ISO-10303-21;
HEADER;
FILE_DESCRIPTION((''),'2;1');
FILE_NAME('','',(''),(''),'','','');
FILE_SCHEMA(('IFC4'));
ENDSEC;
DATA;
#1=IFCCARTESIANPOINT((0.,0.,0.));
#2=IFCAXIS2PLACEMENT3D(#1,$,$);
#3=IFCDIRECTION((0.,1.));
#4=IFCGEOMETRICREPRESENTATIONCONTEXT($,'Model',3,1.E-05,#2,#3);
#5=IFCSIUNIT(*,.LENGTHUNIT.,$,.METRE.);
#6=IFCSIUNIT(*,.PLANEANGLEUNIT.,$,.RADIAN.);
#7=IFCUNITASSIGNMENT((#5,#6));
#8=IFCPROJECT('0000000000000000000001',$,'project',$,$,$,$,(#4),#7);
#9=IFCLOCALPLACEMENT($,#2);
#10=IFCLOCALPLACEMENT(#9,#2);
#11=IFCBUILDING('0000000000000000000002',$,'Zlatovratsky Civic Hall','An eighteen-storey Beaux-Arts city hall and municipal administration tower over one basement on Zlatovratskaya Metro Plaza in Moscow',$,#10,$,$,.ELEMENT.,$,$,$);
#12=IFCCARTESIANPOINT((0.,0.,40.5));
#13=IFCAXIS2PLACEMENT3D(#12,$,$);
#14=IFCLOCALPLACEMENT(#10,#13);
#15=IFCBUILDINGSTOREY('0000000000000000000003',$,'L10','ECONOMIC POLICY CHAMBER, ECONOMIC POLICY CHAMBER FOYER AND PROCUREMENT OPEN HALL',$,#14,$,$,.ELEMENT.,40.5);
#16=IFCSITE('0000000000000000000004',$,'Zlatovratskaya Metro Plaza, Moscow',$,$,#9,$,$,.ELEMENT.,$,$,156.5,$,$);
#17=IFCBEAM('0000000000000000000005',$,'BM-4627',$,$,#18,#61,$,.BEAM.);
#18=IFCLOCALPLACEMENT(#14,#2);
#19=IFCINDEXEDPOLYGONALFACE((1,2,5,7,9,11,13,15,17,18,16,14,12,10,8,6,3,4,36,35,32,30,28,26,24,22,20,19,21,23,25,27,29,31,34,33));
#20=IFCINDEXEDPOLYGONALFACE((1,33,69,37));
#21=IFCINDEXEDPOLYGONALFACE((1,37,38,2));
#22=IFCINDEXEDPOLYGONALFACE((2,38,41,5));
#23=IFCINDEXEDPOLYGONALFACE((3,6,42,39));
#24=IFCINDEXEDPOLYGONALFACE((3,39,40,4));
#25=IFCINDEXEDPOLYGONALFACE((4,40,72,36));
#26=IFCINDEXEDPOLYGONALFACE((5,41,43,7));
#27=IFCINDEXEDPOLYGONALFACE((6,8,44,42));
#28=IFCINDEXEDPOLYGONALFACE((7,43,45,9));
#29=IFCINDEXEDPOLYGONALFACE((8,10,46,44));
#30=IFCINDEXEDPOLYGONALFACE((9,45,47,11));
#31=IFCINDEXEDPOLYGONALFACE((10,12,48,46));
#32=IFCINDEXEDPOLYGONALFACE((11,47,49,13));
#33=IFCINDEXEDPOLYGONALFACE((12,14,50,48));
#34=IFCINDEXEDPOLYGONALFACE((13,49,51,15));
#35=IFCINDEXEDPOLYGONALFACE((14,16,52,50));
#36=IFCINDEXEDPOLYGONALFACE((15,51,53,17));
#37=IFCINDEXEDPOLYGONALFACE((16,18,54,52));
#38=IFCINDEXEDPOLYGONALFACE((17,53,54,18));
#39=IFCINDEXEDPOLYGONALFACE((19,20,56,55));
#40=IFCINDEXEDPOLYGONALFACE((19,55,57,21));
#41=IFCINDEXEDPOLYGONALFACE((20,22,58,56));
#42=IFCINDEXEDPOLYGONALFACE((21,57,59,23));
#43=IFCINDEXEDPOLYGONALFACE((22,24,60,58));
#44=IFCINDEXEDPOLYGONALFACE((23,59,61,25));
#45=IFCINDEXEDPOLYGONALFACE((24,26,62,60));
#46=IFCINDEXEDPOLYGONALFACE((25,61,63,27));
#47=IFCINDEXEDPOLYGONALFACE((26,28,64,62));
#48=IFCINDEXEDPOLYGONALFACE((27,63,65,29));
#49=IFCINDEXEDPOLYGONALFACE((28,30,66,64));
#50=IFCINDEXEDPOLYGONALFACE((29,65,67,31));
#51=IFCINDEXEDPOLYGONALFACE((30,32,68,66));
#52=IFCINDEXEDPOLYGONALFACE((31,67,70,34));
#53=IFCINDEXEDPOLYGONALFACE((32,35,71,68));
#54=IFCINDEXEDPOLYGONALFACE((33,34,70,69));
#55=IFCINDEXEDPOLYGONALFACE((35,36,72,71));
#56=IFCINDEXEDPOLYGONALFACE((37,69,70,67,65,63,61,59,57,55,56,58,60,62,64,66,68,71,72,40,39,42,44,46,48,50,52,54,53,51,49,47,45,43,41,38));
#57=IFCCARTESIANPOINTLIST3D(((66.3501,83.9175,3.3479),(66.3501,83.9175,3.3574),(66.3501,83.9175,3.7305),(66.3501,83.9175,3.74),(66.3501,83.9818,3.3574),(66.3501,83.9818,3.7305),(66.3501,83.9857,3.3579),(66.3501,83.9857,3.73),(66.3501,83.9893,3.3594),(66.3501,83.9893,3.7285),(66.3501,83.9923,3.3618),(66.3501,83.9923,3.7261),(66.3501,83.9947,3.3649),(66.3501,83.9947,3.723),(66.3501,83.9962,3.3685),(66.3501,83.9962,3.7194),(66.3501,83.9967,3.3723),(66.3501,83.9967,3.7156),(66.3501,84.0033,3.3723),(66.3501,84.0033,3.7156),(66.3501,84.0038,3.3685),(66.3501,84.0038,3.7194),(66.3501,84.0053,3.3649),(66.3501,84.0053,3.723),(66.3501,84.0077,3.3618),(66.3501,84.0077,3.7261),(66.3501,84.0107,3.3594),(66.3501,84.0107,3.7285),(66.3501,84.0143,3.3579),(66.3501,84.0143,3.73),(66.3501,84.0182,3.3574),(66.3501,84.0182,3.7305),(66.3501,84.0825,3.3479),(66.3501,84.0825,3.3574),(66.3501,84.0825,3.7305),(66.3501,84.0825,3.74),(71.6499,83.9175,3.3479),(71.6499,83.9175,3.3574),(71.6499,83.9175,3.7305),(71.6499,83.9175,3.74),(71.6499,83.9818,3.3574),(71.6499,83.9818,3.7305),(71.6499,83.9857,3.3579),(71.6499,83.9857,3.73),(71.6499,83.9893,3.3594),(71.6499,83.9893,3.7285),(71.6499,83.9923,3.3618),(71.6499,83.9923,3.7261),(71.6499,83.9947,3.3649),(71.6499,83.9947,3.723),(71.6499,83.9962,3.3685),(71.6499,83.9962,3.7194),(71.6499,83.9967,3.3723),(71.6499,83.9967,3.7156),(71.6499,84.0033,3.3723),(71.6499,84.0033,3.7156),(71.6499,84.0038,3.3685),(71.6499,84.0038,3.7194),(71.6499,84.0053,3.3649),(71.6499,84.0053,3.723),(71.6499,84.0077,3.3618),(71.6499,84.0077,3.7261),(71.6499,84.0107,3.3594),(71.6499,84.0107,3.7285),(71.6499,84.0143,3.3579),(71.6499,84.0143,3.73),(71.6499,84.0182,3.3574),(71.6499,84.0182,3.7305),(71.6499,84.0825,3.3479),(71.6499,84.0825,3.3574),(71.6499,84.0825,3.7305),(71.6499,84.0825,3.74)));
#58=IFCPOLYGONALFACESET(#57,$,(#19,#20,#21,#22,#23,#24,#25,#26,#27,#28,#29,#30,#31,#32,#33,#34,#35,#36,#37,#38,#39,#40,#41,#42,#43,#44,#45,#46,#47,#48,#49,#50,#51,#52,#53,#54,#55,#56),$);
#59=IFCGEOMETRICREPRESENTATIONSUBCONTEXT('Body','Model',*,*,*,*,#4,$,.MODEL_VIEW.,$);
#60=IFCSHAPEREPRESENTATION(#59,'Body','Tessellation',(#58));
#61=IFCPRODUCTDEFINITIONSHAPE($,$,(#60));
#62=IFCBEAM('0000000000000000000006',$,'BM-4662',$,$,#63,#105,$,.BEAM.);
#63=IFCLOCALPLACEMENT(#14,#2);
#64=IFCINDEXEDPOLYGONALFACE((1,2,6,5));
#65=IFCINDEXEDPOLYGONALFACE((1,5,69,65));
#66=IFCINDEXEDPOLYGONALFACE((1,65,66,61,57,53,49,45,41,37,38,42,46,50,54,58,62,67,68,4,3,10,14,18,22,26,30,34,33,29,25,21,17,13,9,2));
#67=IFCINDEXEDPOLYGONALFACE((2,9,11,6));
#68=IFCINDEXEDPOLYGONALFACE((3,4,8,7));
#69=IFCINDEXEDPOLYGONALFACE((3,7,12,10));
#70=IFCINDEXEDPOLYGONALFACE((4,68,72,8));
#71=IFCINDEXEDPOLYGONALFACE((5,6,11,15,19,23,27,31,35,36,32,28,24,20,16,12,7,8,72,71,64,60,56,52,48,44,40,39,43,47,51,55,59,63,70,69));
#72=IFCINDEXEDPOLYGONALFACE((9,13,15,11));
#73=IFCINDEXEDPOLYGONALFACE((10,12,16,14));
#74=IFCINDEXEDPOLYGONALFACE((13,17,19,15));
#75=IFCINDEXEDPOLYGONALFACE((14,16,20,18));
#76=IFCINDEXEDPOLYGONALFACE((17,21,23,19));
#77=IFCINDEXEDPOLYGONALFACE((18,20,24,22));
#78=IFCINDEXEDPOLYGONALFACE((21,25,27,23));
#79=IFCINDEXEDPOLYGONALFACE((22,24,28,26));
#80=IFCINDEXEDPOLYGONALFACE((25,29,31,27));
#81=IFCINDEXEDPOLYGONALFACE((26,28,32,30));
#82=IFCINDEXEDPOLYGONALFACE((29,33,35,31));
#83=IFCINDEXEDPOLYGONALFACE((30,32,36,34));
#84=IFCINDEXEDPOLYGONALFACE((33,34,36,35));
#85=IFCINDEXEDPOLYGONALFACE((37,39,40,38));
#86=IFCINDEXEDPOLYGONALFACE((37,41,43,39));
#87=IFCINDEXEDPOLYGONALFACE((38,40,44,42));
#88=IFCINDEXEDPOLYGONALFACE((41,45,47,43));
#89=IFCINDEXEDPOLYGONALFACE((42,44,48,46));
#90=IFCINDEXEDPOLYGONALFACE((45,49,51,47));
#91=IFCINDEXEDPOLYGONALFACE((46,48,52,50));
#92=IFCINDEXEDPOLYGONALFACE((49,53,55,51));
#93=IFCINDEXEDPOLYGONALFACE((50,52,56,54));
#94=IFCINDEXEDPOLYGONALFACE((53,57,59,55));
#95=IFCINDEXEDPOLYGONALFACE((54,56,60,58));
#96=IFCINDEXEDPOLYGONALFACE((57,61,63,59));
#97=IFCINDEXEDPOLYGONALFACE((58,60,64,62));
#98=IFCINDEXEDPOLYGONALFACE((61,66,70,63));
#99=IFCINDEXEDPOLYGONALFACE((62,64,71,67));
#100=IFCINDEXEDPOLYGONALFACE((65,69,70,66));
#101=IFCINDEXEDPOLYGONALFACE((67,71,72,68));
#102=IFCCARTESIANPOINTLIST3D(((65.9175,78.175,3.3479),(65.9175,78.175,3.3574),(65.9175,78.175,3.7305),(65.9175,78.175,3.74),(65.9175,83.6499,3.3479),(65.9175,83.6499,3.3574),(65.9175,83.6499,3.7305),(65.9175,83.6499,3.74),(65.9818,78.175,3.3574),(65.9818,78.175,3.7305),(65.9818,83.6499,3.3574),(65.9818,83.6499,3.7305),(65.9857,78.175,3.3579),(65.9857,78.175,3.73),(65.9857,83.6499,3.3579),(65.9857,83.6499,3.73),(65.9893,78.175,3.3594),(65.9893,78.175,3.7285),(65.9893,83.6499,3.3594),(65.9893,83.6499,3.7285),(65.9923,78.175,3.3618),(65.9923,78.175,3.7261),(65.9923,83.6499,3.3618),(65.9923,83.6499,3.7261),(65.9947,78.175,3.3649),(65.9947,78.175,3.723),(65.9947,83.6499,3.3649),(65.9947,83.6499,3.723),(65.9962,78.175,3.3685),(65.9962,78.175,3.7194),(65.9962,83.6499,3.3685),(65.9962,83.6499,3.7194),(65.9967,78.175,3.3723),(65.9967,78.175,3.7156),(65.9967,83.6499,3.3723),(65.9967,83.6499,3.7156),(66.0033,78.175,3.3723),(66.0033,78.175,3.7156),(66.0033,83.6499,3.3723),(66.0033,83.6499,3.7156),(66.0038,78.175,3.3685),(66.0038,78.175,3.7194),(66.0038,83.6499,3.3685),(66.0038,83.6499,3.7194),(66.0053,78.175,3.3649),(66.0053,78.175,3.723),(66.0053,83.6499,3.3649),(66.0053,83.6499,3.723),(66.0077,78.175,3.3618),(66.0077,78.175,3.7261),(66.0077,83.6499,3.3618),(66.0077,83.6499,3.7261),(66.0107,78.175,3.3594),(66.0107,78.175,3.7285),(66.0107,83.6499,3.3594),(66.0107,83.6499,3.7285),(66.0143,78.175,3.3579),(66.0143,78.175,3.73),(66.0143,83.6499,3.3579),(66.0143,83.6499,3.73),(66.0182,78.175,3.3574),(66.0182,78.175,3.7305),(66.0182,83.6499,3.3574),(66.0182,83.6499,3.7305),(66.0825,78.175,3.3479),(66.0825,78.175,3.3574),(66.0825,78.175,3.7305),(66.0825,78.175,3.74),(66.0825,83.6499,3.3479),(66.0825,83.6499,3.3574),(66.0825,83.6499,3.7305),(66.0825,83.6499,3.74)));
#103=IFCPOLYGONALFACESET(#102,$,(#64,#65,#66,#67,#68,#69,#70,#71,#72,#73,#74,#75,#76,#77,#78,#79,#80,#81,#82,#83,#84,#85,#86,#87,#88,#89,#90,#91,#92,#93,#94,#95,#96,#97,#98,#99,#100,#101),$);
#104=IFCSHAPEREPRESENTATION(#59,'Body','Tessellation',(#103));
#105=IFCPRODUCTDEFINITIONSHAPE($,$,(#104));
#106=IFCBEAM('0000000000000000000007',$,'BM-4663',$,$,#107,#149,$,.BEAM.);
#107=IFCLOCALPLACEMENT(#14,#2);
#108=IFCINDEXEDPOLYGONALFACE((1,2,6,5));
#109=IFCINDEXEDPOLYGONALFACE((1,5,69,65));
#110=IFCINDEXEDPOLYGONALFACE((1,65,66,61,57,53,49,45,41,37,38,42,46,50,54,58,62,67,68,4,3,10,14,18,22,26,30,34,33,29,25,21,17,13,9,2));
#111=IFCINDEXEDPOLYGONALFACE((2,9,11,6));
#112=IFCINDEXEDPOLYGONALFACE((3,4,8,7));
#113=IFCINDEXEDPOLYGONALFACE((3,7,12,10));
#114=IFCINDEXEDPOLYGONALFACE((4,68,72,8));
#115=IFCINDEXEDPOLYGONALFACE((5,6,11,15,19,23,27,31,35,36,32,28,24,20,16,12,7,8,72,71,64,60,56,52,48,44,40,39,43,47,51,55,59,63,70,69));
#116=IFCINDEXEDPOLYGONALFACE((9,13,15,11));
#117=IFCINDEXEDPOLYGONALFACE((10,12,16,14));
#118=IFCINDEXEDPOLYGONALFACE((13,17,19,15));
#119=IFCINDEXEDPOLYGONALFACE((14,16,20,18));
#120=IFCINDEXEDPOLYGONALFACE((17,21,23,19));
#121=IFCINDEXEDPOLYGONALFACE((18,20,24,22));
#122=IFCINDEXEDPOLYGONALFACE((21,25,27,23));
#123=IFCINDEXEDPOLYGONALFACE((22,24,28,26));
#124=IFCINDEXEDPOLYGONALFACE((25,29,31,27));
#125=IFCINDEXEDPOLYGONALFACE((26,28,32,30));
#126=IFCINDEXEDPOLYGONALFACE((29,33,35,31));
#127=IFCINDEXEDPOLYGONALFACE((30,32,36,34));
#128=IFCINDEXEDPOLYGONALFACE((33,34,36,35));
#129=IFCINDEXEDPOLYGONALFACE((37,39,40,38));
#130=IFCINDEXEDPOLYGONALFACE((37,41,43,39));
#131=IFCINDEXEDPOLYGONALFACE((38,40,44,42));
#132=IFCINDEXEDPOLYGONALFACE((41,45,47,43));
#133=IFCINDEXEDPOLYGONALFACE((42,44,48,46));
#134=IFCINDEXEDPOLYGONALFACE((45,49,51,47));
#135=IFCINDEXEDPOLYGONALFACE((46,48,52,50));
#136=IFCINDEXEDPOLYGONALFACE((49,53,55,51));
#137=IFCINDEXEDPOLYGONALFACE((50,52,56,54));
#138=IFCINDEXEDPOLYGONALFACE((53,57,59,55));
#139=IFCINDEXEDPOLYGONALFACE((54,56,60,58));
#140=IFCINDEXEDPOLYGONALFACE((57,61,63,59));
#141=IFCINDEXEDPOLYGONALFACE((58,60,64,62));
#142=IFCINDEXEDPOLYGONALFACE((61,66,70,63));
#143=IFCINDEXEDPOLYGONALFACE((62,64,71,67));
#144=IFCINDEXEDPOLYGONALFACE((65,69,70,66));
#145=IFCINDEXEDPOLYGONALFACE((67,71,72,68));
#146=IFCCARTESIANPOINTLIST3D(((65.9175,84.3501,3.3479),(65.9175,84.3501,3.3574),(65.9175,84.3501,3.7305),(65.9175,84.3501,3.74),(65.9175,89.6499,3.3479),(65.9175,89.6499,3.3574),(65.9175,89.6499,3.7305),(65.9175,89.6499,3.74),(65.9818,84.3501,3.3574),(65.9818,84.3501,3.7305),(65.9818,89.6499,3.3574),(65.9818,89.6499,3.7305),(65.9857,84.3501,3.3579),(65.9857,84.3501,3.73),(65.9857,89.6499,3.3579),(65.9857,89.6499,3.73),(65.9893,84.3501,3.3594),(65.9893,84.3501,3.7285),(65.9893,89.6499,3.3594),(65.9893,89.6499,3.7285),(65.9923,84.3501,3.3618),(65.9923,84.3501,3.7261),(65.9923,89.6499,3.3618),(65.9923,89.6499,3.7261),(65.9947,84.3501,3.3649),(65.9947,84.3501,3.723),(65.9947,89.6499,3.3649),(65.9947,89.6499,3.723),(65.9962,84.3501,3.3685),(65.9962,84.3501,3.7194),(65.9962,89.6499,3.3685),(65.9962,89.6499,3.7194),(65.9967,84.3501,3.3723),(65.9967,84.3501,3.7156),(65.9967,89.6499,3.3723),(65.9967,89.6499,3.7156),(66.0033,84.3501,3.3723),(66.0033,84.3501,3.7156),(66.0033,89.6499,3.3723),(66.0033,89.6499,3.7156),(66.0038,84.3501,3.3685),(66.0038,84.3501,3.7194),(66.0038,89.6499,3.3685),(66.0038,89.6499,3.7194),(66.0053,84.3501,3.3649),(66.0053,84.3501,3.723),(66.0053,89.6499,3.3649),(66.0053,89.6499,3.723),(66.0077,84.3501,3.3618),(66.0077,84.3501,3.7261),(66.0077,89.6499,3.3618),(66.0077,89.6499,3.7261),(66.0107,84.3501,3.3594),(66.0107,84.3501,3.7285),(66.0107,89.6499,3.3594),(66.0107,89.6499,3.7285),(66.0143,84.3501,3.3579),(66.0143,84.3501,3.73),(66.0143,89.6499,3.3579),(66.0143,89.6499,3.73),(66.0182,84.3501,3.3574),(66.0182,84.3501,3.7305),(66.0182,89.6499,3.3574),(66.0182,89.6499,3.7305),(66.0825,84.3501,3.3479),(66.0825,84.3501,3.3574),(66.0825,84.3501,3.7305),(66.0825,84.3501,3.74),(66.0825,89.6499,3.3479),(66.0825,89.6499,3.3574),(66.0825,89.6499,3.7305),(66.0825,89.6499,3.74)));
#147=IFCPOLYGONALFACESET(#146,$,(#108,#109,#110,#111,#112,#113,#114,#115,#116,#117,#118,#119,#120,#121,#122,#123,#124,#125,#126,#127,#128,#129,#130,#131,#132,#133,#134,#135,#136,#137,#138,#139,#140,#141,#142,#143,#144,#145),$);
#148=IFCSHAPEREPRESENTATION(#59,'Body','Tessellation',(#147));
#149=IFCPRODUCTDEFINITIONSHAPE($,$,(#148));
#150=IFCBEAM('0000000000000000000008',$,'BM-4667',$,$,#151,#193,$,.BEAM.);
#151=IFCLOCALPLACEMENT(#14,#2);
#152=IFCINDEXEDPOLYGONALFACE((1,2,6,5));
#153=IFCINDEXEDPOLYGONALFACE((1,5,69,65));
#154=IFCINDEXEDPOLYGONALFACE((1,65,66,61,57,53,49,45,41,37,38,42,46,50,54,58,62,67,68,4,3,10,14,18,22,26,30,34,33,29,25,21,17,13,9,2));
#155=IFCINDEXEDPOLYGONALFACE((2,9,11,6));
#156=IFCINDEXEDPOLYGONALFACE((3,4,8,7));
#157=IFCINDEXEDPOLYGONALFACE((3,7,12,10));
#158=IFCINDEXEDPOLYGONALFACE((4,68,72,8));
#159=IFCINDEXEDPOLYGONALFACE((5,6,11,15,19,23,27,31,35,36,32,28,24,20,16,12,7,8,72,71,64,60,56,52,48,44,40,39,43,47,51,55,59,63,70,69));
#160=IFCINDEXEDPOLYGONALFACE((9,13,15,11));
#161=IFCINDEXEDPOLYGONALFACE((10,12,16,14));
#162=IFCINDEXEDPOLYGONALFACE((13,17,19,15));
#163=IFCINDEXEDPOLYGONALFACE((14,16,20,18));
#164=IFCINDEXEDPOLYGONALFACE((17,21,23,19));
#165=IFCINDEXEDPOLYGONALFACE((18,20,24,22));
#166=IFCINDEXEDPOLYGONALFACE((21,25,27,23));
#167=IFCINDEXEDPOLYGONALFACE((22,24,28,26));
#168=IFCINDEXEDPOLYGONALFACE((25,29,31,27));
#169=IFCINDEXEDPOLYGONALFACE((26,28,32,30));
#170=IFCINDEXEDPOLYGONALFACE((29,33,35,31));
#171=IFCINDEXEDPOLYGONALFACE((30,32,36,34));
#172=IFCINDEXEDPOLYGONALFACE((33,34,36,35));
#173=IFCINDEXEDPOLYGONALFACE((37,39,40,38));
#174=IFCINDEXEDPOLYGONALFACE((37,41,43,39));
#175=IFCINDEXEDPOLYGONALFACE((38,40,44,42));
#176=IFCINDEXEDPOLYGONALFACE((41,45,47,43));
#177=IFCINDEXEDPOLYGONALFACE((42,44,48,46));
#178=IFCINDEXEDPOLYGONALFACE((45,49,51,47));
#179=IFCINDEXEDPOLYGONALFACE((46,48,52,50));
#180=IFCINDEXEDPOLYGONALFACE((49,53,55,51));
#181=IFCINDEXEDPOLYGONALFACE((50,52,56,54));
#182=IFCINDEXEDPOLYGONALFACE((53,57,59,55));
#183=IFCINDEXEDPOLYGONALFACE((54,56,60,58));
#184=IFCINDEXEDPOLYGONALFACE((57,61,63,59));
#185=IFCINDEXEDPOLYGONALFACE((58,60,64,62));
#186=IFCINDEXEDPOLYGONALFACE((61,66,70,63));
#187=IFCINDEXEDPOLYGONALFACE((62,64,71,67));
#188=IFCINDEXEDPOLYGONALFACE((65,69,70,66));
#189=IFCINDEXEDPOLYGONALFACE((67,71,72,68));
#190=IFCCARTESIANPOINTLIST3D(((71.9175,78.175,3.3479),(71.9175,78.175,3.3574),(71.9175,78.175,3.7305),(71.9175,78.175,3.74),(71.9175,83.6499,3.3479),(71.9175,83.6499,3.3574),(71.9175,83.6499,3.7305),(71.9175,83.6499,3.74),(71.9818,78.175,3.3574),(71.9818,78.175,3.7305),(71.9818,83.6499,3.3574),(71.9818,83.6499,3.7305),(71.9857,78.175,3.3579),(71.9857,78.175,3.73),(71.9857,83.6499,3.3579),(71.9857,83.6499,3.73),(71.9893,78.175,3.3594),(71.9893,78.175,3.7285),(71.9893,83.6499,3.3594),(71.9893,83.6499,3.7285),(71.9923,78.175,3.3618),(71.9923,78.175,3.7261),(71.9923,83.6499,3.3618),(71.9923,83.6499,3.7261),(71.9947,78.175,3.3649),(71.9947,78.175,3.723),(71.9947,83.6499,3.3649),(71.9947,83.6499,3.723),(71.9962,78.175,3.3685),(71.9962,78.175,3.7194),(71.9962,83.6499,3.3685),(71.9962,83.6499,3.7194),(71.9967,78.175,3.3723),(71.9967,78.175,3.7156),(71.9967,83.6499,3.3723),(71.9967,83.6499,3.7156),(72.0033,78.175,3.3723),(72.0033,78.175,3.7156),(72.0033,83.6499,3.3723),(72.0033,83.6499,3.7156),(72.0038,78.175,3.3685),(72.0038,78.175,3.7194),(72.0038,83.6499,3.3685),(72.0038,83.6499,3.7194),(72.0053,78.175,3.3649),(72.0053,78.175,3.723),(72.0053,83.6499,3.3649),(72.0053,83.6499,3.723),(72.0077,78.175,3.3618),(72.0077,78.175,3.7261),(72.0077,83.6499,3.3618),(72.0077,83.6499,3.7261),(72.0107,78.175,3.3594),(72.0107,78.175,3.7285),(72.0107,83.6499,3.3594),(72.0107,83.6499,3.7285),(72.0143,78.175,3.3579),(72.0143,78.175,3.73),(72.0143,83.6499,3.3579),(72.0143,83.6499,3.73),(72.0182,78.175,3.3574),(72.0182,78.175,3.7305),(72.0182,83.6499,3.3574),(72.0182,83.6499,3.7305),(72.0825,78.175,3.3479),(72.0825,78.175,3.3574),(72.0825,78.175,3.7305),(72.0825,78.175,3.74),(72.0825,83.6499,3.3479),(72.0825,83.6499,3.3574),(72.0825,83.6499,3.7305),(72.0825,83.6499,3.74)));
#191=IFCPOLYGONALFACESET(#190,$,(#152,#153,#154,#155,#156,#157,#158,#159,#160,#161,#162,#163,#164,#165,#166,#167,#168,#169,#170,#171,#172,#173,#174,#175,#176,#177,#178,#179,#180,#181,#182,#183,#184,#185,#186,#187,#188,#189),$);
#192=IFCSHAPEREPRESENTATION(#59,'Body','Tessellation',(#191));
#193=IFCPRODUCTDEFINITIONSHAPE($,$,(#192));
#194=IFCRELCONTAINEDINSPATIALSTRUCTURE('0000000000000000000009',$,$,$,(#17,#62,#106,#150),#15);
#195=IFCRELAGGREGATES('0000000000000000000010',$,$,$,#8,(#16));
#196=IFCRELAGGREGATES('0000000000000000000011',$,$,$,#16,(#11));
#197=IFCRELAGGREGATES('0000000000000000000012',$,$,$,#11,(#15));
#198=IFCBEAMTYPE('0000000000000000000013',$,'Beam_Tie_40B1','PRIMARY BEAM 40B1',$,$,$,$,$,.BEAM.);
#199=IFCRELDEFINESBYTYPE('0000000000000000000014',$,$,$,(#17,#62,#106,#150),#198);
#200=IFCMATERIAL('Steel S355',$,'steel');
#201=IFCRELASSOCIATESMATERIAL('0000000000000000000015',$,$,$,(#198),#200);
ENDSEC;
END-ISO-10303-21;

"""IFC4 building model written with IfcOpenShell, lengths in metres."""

from ifc_helpers import new_model, si_unit, direction, frame, origin, origin_2d, place, context, subcontext, project, spatial, i_section, extrude, material, material_profile, profile_set, type_object, element, save


model = new_model("IFC4")

# Units and contexts
model_context = context("Model", 3, precision=1e-05, world=origin(), true_north=direction((0.0, 1.0)))
body_context = subcontext(model_context, "Body", "Model", "MODEL_VIEW")
ifc_project = project(units=[si_unit("LENGTHUNIT", "METRE"), si_unit("PLANEANGLEUNIT", "RADIAN")], contexts=[model_context])

# Site, building, storey
site_placement = place(None, origin())
site = spatial("IfcSite", under=ifc_project, at=site_placement, Name="Zlatovratskaya Metro Plaza, Moscow", CompositionType="ELEMENT", RefElevation=156.5)
building_placement = place(site_placement, origin())
building = spatial("IfcBuilding", under=site, at=building_placement, Name="Zlatovratsky Civic Hall", Description="An eighteen-storey Beaux-Arts city hall and municipal administration tower over one basement on Zlatovratskaya Metro Plaza in Moscow", CompositionType="ELEMENT")
storey_placement = place(building_placement, frame((0.0, 0.0, 40.5)))
storey = spatial("IfcBuildingStorey", under=building, at=storey_placement, Name="L10", Description="ECONOMIC POLICY CHAMBER, ECONOMIC POLICY CHAMBER FOYER AND PROCUREMENT OPEN HALL", CompositionType="ELEMENT", Elevation=40.5)

# Beams
ifc_material_1 = material(Name="Steel S355", Category="steel")
ifc_material_profile_1 = material_profile(ifc_material_1, i_section(OverallWidth=0.165, OverallDepth=0.3921, WebThickness=0.0066, FlangeThickness=0.0095, FilletRadius=0.0149, at=origin_2d()), Name="40B1")
ifc_profile_set_1 = profile_set([ifc_material_profile_1], Name="Steel S355")
beam_type_1 = type_object("IfcBeamType", Name="Beam_Tie_40B1", Description="PRIMARY BEAM 40B1", PredefinedType="BEAM", material=ifc_profile_set_1)
for number, where, z_axis, x_axis, name in (
    (1, (66.3501, 84.0, 3.5439), (1.0, 0.0, 0.0), (0.0, 1.0, 0.0), "BM-4627"),
):
    element("IfcBeam", number, at=place(storey_placement, frame(where, z_axis=z_axis, x_axis=x_axis)), inside=storey, type_object=beam_type_1, Name=name, PredefinedType="BEAM", context=body_context, shape_type="SweptSolid", body=[
        extrude(i_section(OverallWidth=0.165, OverallDepth=0.3921, WebThickness=0.0066, FlangeThickness=0.0095, FilletRadius=0.0149, at=origin_2d()), origin(), (0.0, 0.0, 1.0), 5.2998),
    ])
beam_1_placement = place(storey_placement, frame((66.0, 78.175, 3.5439), z_axis=(0.0, 1.0, 0.0), x_axis=(-1.0, 0.0, 0.0)))
element("IfcBeam", 2, at=beam_1_placement, inside=storey, type_object=beam_type_1, Name="BM-4662", PredefinedType="BEAM", context=body_context, shape_type="SweptSolid", body=[
    extrude(i_section(OverallWidth=0.165, OverallDepth=0.3921, WebThickness=0.0066, FlangeThickness=0.0095, FilletRadius=0.0149, at=origin_2d()), origin(), (0.0, 0.0, 1.0), 5.4749),
])
beam_2_placement = place(storey_placement, frame((66.0, 84.3501, 3.5439), z_axis=(0.0, 1.0, 0.0), x_axis=(-1.0, 0.0, 0.0)))
element("IfcBeam", 3, at=beam_2_placement, inside=storey, type_object=beam_type_1, Name="BM-4663", PredefinedType="BEAM", context=body_context, shape_type="SweptSolid", body=[
    extrude(i_section(OverallWidth=0.165, OverallDepth=0.3921, WebThickness=0.0066, FlangeThickness=0.0095, FilletRadius=0.0149, at=origin_2d()), origin(), (0.0, 0.0, 1.0), 5.2998),
])
beam_3_placement = place(storey_placement, frame((72.0, 78.175, 3.5439), z_axis=(0.0, 1.0, 0.0), x_axis=(-1.0, 0.0, 0.0)))
element("IfcBeam", 4, at=beam_3_placement, inside=storey, type_object=beam_type_1, Name="BM-4667", PredefinedType="BEAM", context=body_context, shape_type="SweptSolid", body=[
    extrude(i_section(OverallWidth=0.165, OverallDepth=0.3921, WebThickness=0.0066, FlangeThickness=0.0095, FilletRadius=0.0149, at=origin_2d()), origin(), (0.0, 0.0, 1.0), 5.4749),
])

save(model, "model.ifc")
